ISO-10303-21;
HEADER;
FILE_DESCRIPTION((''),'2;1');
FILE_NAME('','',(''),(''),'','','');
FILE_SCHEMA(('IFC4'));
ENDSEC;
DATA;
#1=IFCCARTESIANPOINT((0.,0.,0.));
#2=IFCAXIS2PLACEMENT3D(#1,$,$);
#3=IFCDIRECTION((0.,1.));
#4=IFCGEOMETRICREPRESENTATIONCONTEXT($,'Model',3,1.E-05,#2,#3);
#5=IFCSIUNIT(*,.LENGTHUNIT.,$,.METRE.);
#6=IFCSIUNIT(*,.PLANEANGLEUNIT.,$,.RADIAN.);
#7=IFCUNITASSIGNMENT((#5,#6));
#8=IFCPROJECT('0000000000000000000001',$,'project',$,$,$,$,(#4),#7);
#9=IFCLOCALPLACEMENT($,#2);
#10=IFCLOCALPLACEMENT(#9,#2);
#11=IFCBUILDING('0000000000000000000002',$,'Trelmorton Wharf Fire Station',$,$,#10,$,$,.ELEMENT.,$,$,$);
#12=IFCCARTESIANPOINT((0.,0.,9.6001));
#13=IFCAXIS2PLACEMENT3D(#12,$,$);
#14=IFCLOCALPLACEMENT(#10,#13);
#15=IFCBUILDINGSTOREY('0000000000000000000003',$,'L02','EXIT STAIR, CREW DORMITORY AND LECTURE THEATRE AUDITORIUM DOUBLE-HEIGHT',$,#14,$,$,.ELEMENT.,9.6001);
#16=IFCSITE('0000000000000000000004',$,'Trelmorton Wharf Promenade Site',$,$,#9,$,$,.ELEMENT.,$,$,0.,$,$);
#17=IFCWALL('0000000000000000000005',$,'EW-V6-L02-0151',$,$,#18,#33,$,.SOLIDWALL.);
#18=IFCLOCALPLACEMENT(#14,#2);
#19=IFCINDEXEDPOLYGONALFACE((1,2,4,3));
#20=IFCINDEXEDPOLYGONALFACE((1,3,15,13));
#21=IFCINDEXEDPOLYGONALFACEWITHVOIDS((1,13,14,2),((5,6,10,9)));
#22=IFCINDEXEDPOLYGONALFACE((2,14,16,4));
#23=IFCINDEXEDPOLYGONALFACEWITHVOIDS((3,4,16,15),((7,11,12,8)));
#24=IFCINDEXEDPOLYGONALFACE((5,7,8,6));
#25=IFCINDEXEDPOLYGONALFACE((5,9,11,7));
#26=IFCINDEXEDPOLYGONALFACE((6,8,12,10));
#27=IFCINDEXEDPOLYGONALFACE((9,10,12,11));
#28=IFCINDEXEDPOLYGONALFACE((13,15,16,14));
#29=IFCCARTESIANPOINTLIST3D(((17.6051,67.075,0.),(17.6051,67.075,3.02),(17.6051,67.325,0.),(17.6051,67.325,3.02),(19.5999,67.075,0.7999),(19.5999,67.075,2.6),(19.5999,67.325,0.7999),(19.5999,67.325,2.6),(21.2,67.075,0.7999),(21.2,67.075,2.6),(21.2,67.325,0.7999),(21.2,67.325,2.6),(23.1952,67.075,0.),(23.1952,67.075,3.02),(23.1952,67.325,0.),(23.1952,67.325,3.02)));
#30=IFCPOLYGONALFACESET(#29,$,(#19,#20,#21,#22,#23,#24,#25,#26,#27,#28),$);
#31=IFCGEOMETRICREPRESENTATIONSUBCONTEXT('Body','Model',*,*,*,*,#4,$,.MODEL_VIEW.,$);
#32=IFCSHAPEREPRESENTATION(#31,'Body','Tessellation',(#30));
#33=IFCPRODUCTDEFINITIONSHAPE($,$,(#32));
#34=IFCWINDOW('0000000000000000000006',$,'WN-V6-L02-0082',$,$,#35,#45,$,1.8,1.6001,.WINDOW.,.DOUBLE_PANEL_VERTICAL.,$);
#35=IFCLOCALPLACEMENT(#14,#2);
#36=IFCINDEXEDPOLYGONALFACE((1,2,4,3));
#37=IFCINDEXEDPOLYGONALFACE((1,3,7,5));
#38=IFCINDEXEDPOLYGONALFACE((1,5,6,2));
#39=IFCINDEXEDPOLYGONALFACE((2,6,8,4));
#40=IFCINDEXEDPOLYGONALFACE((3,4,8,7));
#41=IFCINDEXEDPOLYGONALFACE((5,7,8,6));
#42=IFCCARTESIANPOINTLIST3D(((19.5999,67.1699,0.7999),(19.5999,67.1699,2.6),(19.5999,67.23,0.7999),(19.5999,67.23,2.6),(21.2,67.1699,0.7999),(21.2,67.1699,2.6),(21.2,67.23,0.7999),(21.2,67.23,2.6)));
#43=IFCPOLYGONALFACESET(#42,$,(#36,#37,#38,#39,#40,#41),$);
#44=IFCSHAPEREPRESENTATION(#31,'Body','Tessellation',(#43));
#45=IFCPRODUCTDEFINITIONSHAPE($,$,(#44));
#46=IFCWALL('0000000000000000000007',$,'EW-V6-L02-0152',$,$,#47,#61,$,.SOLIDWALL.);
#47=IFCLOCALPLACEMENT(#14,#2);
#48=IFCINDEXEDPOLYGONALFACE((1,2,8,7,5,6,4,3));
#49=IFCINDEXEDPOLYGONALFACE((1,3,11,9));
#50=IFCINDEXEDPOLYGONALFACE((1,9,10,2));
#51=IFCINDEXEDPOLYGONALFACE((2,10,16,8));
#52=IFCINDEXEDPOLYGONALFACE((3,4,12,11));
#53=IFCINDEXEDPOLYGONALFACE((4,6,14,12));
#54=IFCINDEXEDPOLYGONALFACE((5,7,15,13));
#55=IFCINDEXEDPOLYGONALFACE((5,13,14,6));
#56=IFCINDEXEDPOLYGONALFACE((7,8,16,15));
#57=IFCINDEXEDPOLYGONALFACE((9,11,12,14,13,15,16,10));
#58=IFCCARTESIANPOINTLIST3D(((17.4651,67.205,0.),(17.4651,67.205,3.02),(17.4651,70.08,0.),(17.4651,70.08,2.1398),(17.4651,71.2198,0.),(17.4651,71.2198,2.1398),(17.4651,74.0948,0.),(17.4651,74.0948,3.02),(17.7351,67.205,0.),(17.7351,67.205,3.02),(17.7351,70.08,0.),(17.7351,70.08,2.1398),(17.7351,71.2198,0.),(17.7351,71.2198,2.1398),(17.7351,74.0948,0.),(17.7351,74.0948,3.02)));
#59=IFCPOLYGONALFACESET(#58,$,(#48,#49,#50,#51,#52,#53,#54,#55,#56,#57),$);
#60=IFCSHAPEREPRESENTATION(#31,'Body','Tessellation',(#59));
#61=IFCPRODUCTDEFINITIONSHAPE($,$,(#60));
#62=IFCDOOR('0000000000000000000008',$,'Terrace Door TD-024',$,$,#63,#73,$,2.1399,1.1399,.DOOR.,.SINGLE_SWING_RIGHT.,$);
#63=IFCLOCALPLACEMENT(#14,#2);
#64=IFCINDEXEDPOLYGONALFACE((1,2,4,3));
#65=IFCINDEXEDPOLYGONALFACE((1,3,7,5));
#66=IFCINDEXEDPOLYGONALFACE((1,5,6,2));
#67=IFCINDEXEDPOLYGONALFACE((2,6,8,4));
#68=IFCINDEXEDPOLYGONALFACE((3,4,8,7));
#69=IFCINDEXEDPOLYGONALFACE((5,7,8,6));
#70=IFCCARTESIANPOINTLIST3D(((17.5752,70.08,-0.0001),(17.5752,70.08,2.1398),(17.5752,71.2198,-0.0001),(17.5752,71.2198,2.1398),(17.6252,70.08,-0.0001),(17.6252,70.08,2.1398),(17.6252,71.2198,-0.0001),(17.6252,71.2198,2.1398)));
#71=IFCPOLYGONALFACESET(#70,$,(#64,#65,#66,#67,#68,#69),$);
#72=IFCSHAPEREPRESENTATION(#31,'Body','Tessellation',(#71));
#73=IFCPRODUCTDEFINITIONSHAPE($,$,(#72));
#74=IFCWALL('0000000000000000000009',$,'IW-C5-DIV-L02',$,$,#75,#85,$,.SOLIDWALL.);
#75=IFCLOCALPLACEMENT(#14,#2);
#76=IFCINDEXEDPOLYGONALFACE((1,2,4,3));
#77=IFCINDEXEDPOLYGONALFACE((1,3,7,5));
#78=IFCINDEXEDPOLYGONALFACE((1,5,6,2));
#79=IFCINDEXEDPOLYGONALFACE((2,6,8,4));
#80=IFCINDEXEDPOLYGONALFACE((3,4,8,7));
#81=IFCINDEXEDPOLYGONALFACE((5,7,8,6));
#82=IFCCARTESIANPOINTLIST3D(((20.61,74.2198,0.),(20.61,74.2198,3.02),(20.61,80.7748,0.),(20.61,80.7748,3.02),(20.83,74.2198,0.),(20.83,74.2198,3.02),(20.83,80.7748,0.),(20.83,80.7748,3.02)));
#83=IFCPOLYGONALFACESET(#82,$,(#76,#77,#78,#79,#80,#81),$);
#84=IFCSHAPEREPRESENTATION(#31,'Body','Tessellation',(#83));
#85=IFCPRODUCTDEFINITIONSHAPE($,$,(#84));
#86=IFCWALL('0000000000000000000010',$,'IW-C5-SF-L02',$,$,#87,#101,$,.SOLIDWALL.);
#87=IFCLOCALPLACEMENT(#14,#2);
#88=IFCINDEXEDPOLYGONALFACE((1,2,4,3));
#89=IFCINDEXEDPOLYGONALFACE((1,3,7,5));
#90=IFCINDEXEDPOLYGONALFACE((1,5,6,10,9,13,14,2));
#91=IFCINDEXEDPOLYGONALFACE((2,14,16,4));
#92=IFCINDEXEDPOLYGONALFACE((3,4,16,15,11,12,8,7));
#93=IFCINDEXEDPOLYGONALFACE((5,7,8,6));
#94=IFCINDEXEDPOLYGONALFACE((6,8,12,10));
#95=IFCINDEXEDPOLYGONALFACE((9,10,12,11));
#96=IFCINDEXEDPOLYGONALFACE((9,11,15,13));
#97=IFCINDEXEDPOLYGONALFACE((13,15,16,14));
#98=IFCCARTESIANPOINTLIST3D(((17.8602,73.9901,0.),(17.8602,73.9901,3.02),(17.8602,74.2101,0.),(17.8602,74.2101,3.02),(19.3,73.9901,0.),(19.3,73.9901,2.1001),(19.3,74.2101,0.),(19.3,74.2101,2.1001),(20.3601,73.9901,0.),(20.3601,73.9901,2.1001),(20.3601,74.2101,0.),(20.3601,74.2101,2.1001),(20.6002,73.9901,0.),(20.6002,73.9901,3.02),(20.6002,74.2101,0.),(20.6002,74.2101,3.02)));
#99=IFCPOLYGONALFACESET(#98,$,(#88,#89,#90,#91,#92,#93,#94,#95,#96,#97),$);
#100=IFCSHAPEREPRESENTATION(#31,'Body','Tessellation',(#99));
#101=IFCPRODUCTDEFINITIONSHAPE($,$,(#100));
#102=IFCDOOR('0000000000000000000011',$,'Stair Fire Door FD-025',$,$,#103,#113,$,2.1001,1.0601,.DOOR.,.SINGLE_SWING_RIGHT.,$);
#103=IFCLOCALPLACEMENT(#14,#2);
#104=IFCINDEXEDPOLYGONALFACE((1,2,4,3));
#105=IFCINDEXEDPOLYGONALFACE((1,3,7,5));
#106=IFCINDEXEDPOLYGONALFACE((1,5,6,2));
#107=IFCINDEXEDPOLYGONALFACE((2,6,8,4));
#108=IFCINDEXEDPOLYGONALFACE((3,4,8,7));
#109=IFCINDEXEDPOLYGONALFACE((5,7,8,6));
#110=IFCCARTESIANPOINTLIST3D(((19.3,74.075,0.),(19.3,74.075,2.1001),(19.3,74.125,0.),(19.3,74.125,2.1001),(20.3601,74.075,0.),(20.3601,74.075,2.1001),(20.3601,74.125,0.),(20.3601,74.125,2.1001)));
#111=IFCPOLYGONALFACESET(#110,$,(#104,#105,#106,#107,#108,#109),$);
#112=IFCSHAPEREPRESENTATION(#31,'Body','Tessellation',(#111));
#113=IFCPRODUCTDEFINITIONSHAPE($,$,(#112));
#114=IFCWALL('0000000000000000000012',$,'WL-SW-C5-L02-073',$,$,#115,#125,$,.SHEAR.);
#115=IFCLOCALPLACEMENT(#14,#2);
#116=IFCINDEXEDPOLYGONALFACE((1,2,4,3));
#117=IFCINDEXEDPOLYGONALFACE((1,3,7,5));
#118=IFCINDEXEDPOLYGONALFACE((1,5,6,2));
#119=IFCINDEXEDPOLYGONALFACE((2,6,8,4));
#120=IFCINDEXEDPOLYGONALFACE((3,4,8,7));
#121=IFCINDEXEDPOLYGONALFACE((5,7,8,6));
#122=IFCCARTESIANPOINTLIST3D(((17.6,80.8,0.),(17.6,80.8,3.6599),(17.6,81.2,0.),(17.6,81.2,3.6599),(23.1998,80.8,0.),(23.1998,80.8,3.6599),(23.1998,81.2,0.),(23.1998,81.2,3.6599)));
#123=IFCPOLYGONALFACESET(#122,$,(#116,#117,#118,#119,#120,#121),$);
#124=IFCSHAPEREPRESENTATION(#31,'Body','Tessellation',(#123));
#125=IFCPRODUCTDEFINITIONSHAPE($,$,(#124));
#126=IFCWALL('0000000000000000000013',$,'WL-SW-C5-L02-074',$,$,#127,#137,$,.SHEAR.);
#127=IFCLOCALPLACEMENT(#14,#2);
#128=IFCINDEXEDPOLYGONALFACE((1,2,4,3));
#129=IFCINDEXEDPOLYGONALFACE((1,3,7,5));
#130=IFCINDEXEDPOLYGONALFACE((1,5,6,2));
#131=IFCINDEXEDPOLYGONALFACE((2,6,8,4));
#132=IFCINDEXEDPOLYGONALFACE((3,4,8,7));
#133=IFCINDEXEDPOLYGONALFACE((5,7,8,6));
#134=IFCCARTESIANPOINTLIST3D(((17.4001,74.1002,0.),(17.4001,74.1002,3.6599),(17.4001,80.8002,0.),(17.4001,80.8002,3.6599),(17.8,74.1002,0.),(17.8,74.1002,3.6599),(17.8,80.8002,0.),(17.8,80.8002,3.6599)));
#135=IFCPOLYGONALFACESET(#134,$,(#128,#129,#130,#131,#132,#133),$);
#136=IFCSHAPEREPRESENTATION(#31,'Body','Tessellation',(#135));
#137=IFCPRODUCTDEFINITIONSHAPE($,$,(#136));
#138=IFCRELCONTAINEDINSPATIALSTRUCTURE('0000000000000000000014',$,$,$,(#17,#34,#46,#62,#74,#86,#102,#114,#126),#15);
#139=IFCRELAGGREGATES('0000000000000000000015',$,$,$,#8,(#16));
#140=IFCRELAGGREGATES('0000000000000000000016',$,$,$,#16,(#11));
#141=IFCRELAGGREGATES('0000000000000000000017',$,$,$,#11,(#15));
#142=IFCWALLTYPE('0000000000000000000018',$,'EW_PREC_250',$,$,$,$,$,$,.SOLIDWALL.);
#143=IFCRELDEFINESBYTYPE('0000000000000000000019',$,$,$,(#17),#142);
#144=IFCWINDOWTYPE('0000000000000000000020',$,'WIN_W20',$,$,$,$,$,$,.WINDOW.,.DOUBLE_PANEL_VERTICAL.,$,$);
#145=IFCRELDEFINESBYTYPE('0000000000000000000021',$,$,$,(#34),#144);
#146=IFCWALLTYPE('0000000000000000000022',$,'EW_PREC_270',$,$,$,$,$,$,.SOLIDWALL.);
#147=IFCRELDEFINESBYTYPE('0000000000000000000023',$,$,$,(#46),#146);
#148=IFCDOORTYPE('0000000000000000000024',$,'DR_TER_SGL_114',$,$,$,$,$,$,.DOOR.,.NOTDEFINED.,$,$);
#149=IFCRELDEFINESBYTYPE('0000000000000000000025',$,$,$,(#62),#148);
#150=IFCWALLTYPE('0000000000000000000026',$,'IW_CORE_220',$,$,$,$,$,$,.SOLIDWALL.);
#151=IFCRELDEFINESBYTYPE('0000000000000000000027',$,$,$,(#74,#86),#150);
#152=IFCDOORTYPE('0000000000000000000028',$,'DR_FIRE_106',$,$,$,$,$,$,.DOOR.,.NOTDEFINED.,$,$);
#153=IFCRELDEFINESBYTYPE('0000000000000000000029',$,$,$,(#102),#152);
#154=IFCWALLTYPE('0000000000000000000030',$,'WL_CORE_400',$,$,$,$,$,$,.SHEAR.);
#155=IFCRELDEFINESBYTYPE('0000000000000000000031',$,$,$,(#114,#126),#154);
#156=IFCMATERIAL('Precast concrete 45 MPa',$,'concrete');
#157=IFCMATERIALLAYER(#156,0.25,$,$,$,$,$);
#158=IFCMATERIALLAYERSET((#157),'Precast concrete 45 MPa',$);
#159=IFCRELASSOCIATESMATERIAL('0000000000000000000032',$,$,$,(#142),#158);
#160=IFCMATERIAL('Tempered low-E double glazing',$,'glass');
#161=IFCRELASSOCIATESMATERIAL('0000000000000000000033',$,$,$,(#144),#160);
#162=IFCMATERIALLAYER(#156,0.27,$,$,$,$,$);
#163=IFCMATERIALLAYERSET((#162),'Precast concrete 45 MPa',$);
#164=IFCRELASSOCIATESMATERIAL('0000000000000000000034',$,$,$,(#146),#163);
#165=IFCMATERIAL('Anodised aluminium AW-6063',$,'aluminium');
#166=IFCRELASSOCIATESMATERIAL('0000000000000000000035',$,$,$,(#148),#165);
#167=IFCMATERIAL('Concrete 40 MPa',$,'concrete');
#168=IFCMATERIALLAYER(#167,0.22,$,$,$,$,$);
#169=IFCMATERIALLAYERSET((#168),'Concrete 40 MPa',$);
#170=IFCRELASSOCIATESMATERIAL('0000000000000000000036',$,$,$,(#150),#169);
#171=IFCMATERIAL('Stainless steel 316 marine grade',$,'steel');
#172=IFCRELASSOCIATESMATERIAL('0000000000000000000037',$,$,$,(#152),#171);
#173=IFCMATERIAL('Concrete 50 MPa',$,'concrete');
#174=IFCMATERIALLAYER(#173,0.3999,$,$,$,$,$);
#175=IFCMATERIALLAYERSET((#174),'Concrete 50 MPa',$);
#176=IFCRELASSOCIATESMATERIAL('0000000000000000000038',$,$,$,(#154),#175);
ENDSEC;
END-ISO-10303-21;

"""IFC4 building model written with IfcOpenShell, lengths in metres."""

from ifc_helpers import new_model, si_unit, direction, frame, frame_2d, origin, place, context, subcontext, project, spatial, rectangle, extrude, material, layer, layer_set, type_object, element, fill, save


model = new_model("IFC4")

# Units and contexts
model_context = context("Model", 3, precision=1e-05, world=origin(), true_north=direction((0.0, 1.0)))
body_context = subcontext(model_context, "Body", "Model", "MODEL_VIEW")
ifc_project = project(units=[si_unit("LENGTHUNIT", "METRE"), si_unit("PLANEANGLEUNIT", "RADIAN")], contexts=[model_context])

# Site, building, storey
site_placement = place(None, origin())
site = spatial("IfcSite", under=ifc_project, at=site_placement, Name="Trelmorton Wharf Promenade Site", CompositionType="ELEMENT", RefElevation=0.0)
building_placement = place(site_placement, origin())
building = spatial("IfcBuilding", under=site, at=building_placement, Name="Trelmorton Wharf Fire Station", CompositionType="ELEMENT")
storey_placement = place(building_placement, frame((0.0, 0.0, 9.6001)))
storey = spatial("IfcBuildingStorey", under=building, at=storey_placement, Name="L02", Description="EXIT STAIR, CREW DORMITORY AND LECTURE THEATRE AUDITORIUM DOUBLE-HEIGHT", CompositionType="ELEMENT", Elevation=9.6001)

# Wall, opening, window
ifc_material_1 = material(Name="Precast concrete 45 MPa", Category="concrete")
ifc_layer_1 = layer(ifc_material_1, 0.25)
ifc_layer_set_1 = layer_set([ifc_layer_1], Name="Precast concrete 45 MPa")
wall_type_1 = type_object("IfcWallType", Name="EW_PREC_250", PredefinedType="SOLIDWALL", material=ifc_layer_set_1)
wall_1_placement = place(storey_placement, frame((23.1951, 67.2, 0.0), z_axis=(0.0, 0.0, 1.0), x_axis=(-1.0, 0.0, 0.0)))
wall_1 = element("IfcWall", 1, at=wall_1_placement, inside=storey, type_object=wall_type_1, Name="EW-V6-L02-0151", PredefinedType="SOLIDWALL", context=body_context, shape_type="SweptSolid", body=[
    extrude(rectangle(XDim=5.5901, YDim=0.25, at=frame_2d((2.7949, 0.0))), origin(), (0.0, 0.0, 1.0), 3.02),
])
opening_1_placement = place(wall_1_placement, frame((1.9951, 0.0, 0.8)))
opening_1 = element("IfcOpeningElement", 2, at=opening_1_placement, cuts=wall_1, PredefinedType="OPENING", context=body_context, shape_type="SweptSolid", body=[
    extrude(rectangle(XDim=1.6001, YDim=1.8, at=frame_2d((0.8, 0.8999))), frame((0.0, 0.135, 0.0), z_axis=(0.0, -1.0, 0.0), x_axis=(1.0, 0.0, 0.0)), (0.0, 0.0, 1.0), 0.27),
])
ifc_material_2 = material(Name="Tempered low-E double glazing", Category="glass")
window_type = type_object("IfcWindowType", Name="WIN_W20", PartitioningType="DOUBLE_PANEL_VERTICAL", PredefinedType="WINDOW", material=ifc_material_2)
window_placement = place(opening_1_placement, origin())
window = element("IfcWindow", 3, at=window_placement, inside=storey, type_object=window_type, Name="WN-V6-L02-0082", OverallHeight=1.8, OverallWidth=1.6001, PartitioningType="DOUBLE_PANEL_VERTICAL", PredefinedType="WINDOW", context=body_context, shape_type="SweptSolid", body=[
    extrude(rectangle(XDim=1.6001, YDim=1.8, at=frame_2d((0.8, 0.8999))), frame((0.0, 0.03, 0.0), z_axis=(0.0, -1.0, 0.0), x_axis=(1.0, 0.0, 0.0)), (0.0, 0.0, 1.0), 0.0601),
])
fill(opening_1, window)

# Wall, opening, door
ifc_layer_2 = layer(ifc_material_1, 0.27)
ifc_layer_set_2 = layer_set([ifc_layer_2], Name="Precast concrete 45 MPa")
wall_type_2 = type_object("IfcWallType", Name="EW_PREC_270", PredefinedType="SOLIDWALL", material=ifc_layer_set_2)
wall_2_placement = place(storey_placement, frame((17.6001, 67.2051, 0.0), z_axis=(0.0, 0.0, 1.0), x_axis=(0.0, 1.0, 0.0)))
wall_2 = element("IfcWall", 4, at=wall_2_placement, inside=storey, type_object=wall_type_2, Name="EW-V6-L02-0152", PredefinedType="SOLIDWALL", context=body_context, shape_type="SweptSolid", body=[
    extrude(rectangle(XDim=6.8899, YDim=0.27, at=frame_2d((3.4448, 0.0))), origin(), (0.0, 0.0, 1.0), 3.02),
])
opening_2_placement = place(wall_2_placement, frame((2.875, 0.0, 0.0)))
opening_2 = element("IfcOpeningElement", 5, at=opening_2_placement, cuts=wall_2, PredefinedType="OPENING", context=body_context, shape_type="SweptSolid", body=[
    extrude(rectangle(XDim=1.1399, YDim=2.1399, at=frame_2d((0.5698, 1.0698))), frame((0.0, 0.145, 0.0), z_axis=(0.0, -1.0, 0.0), x_axis=(1.0, 0.0, 0.0)), (0.0, 0.0, 1.0), 0.29),
])
ifc_material_3 = material(Name="Anodised aluminium AW-6063", Category="aluminium")
door_type_1 = type_object("IfcDoorType", Name="DR_TER_SGL_114", OperationType="NOTDEFINED", PredefinedType="DOOR", material=ifc_material_3)
door_1_placement = place(opening_2_placement, origin())
door_1 = element("IfcDoor", 6, at=door_1_placement, inside=storey, type_object=door_type_1, Name="Terrace Door TD-024", OperationType="SINGLE_SWING_RIGHT", OverallHeight=2.1399, OverallWidth=1.1399, PredefinedType="DOOR", context=body_context, shape_type="SweptSolid", body=[
    extrude(rectangle(XDim=1.1399, YDim=2.1399, at=frame_2d((0.5698, 1.0698))), frame((0.0, 0.0249, 0.0), z_axis=(0.0, -1.0, 0.0), x_axis=(1.0, 0.0, 0.0)), (0.0, 0.0, 1.0), 0.05),
])
fill(opening_2, door_1)

# Wall
ifc_material_4 = material(Name="Concrete 40 MPa", Category="concrete")
ifc_layer_3 = layer(ifc_material_4, 0.22)
ifc_layer_set_3 = layer_set([ifc_layer_3], Name="Concrete 40 MPa")
wall_type_3 = type_object("IfcWallType", Name="IW_CORE_220", PredefinedType="SOLIDWALL", material=ifc_layer_set_3)
wall_3_placement = place(storey_placement, frame((20.72, 74.22, 0.0), z_axis=(0.0, 0.0, 1.0), x_axis=(0.0, 1.0, 0.0)))
element("IfcWall", 7, at=wall_3_placement, inside=storey, type_object=wall_type_3, Name="IW-C5-DIV-L02", PredefinedType="SOLIDWALL", context=body_context, shape_type="SweptSolid", body=[
    extrude(rectangle(XDim=6.5549, YDim=0.22, at=frame_2d((3.2773, 0.0))), origin(), (0.0, 0.0, 1.0), 3.02),
])

# Wall, opening, door
wall_4_placement = place(storey_placement, frame((17.8601, 74.1001, 0.0), z_axis=(0.0, 0.0, 1.0), x_axis=(1.0, 0.0, 0.0)))
wall_4 = element("IfcWall", 8, at=wall_4_placement, inside=storey, type_object=wall_type_3, Name="IW-C5-SF-L02", PredefinedType="SOLIDWALL", context=body_context, shape_type="SweptSolid", body=[
    extrude(rectangle(XDim=2.74, YDim=0.22, at=frame_2d((1.3701, 0.0))), origin(), (0.0, 0.0, 1.0), 3.02),
])
opening_3_placement = place(wall_4_placement, frame((1.4399, 0.0, 0.0)))
opening_3 = element("IfcOpeningElement", 9, at=opening_3_placement, cuts=wall_4, PredefinedType="OPENING", context=body_context, shape_type="SweptSolid", body=[
    extrude(rectangle(XDim=1.0601, YDim=2.1001, at=frame_2d((0.53, 1.05))), frame((0.0, 0.1201, 0.0), z_axis=(0.0, -1.0, 0.0), x_axis=(1.0, 0.0, 0.0)), (0.0, 0.0, 1.0), 0.24),
])
ifc_material_5 = material(Name="Stainless steel 316 marine grade", Category="steel")
door_type_2 = type_object("IfcDoorType", Name="DR_FIRE_106", OperationType="NOTDEFINED", PredefinedType="DOOR", material=ifc_material_5)
door_2_placement = place(opening_3_placement, origin())
door_2 = element("IfcDoor", 10, at=door_2_placement, inside=storey, type_object=door_type_2, Name="Stair Fire Door FD-025", OperationType="SINGLE_SWING_RIGHT", OverallHeight=2.1001, OverallWidth=1.0601, PredefinedType="DOOR", context=body_context, shape_type="SweptSolid", body=[
    extrude(rectangle(XDim=1.0601, YDim=2.1001, at=frame_2d((0.53, 1.05))), frame((0.0, 0.0249, 0.0), z_axis=(0.0, -1.0, 0.0), x_axis=(1.0, 0.0, 0.0)), (0.0, 0.0, 1.0), 0.05),
])
fill(opening_3, door_2)

# Walls
ifc_material_6 = material(Name="Concrete 50 MPa", Category="concrete")
ifc_layer_4 = layer(ifc_material_6, 0.3999)
ifc_layer_set_4 = layer_set([ifc_layer_4], Name="Concrete 50 MPa")
wall_type_4 = type_object("IfcWallType", Name="WL_CORE_400", PredefinedType="SHEAR", material=ifc_layer_set_4)
wall_5_placement = place(storey_placement, frame((17.6001, 81.0, 0.0), z_axis=(0.0, 0.0, 1.0), x_axis=(1.0, 0.0, 0.0)))
element("IfcWall", 11, at=wall_5_placement, inside=storey, type_object=wall_type_4, Name="WL-SW-C5-L02-073", PredefinedType="SHEAR", context=body_context, shape_type="SweptSolid", body=[
    extrude(rectangle(XDim=5.5999, YDim=0.3999, at=frame_2d((2.7998, 0.0))), origin(), (0.0, 0.0, 1.0), 3.6599),
])
wall_6_placement = place(storey_placement, frame((17.6001, 74.1001, 0.0), z_axis=(0.0, 0.0, 1.0), x_axis=(0.0, 1.0, 0.0)))
element("IfcWall", 12, at=wall_6_placement, inside=storey, type_object=wall_type_4, Name="WL-SW-C5-L02-074", PredefinedType="SHEAR", context=body_context, shape_type="SweptSolid", body=[
    extrude(rectangle(XDim=6.7, YDim=0.3999, at=frame_2d((3.3501, 0.0))), origin(), (0.0, 0.0, 1.0), 3.6599),
])

save(model, "model.ifc")
